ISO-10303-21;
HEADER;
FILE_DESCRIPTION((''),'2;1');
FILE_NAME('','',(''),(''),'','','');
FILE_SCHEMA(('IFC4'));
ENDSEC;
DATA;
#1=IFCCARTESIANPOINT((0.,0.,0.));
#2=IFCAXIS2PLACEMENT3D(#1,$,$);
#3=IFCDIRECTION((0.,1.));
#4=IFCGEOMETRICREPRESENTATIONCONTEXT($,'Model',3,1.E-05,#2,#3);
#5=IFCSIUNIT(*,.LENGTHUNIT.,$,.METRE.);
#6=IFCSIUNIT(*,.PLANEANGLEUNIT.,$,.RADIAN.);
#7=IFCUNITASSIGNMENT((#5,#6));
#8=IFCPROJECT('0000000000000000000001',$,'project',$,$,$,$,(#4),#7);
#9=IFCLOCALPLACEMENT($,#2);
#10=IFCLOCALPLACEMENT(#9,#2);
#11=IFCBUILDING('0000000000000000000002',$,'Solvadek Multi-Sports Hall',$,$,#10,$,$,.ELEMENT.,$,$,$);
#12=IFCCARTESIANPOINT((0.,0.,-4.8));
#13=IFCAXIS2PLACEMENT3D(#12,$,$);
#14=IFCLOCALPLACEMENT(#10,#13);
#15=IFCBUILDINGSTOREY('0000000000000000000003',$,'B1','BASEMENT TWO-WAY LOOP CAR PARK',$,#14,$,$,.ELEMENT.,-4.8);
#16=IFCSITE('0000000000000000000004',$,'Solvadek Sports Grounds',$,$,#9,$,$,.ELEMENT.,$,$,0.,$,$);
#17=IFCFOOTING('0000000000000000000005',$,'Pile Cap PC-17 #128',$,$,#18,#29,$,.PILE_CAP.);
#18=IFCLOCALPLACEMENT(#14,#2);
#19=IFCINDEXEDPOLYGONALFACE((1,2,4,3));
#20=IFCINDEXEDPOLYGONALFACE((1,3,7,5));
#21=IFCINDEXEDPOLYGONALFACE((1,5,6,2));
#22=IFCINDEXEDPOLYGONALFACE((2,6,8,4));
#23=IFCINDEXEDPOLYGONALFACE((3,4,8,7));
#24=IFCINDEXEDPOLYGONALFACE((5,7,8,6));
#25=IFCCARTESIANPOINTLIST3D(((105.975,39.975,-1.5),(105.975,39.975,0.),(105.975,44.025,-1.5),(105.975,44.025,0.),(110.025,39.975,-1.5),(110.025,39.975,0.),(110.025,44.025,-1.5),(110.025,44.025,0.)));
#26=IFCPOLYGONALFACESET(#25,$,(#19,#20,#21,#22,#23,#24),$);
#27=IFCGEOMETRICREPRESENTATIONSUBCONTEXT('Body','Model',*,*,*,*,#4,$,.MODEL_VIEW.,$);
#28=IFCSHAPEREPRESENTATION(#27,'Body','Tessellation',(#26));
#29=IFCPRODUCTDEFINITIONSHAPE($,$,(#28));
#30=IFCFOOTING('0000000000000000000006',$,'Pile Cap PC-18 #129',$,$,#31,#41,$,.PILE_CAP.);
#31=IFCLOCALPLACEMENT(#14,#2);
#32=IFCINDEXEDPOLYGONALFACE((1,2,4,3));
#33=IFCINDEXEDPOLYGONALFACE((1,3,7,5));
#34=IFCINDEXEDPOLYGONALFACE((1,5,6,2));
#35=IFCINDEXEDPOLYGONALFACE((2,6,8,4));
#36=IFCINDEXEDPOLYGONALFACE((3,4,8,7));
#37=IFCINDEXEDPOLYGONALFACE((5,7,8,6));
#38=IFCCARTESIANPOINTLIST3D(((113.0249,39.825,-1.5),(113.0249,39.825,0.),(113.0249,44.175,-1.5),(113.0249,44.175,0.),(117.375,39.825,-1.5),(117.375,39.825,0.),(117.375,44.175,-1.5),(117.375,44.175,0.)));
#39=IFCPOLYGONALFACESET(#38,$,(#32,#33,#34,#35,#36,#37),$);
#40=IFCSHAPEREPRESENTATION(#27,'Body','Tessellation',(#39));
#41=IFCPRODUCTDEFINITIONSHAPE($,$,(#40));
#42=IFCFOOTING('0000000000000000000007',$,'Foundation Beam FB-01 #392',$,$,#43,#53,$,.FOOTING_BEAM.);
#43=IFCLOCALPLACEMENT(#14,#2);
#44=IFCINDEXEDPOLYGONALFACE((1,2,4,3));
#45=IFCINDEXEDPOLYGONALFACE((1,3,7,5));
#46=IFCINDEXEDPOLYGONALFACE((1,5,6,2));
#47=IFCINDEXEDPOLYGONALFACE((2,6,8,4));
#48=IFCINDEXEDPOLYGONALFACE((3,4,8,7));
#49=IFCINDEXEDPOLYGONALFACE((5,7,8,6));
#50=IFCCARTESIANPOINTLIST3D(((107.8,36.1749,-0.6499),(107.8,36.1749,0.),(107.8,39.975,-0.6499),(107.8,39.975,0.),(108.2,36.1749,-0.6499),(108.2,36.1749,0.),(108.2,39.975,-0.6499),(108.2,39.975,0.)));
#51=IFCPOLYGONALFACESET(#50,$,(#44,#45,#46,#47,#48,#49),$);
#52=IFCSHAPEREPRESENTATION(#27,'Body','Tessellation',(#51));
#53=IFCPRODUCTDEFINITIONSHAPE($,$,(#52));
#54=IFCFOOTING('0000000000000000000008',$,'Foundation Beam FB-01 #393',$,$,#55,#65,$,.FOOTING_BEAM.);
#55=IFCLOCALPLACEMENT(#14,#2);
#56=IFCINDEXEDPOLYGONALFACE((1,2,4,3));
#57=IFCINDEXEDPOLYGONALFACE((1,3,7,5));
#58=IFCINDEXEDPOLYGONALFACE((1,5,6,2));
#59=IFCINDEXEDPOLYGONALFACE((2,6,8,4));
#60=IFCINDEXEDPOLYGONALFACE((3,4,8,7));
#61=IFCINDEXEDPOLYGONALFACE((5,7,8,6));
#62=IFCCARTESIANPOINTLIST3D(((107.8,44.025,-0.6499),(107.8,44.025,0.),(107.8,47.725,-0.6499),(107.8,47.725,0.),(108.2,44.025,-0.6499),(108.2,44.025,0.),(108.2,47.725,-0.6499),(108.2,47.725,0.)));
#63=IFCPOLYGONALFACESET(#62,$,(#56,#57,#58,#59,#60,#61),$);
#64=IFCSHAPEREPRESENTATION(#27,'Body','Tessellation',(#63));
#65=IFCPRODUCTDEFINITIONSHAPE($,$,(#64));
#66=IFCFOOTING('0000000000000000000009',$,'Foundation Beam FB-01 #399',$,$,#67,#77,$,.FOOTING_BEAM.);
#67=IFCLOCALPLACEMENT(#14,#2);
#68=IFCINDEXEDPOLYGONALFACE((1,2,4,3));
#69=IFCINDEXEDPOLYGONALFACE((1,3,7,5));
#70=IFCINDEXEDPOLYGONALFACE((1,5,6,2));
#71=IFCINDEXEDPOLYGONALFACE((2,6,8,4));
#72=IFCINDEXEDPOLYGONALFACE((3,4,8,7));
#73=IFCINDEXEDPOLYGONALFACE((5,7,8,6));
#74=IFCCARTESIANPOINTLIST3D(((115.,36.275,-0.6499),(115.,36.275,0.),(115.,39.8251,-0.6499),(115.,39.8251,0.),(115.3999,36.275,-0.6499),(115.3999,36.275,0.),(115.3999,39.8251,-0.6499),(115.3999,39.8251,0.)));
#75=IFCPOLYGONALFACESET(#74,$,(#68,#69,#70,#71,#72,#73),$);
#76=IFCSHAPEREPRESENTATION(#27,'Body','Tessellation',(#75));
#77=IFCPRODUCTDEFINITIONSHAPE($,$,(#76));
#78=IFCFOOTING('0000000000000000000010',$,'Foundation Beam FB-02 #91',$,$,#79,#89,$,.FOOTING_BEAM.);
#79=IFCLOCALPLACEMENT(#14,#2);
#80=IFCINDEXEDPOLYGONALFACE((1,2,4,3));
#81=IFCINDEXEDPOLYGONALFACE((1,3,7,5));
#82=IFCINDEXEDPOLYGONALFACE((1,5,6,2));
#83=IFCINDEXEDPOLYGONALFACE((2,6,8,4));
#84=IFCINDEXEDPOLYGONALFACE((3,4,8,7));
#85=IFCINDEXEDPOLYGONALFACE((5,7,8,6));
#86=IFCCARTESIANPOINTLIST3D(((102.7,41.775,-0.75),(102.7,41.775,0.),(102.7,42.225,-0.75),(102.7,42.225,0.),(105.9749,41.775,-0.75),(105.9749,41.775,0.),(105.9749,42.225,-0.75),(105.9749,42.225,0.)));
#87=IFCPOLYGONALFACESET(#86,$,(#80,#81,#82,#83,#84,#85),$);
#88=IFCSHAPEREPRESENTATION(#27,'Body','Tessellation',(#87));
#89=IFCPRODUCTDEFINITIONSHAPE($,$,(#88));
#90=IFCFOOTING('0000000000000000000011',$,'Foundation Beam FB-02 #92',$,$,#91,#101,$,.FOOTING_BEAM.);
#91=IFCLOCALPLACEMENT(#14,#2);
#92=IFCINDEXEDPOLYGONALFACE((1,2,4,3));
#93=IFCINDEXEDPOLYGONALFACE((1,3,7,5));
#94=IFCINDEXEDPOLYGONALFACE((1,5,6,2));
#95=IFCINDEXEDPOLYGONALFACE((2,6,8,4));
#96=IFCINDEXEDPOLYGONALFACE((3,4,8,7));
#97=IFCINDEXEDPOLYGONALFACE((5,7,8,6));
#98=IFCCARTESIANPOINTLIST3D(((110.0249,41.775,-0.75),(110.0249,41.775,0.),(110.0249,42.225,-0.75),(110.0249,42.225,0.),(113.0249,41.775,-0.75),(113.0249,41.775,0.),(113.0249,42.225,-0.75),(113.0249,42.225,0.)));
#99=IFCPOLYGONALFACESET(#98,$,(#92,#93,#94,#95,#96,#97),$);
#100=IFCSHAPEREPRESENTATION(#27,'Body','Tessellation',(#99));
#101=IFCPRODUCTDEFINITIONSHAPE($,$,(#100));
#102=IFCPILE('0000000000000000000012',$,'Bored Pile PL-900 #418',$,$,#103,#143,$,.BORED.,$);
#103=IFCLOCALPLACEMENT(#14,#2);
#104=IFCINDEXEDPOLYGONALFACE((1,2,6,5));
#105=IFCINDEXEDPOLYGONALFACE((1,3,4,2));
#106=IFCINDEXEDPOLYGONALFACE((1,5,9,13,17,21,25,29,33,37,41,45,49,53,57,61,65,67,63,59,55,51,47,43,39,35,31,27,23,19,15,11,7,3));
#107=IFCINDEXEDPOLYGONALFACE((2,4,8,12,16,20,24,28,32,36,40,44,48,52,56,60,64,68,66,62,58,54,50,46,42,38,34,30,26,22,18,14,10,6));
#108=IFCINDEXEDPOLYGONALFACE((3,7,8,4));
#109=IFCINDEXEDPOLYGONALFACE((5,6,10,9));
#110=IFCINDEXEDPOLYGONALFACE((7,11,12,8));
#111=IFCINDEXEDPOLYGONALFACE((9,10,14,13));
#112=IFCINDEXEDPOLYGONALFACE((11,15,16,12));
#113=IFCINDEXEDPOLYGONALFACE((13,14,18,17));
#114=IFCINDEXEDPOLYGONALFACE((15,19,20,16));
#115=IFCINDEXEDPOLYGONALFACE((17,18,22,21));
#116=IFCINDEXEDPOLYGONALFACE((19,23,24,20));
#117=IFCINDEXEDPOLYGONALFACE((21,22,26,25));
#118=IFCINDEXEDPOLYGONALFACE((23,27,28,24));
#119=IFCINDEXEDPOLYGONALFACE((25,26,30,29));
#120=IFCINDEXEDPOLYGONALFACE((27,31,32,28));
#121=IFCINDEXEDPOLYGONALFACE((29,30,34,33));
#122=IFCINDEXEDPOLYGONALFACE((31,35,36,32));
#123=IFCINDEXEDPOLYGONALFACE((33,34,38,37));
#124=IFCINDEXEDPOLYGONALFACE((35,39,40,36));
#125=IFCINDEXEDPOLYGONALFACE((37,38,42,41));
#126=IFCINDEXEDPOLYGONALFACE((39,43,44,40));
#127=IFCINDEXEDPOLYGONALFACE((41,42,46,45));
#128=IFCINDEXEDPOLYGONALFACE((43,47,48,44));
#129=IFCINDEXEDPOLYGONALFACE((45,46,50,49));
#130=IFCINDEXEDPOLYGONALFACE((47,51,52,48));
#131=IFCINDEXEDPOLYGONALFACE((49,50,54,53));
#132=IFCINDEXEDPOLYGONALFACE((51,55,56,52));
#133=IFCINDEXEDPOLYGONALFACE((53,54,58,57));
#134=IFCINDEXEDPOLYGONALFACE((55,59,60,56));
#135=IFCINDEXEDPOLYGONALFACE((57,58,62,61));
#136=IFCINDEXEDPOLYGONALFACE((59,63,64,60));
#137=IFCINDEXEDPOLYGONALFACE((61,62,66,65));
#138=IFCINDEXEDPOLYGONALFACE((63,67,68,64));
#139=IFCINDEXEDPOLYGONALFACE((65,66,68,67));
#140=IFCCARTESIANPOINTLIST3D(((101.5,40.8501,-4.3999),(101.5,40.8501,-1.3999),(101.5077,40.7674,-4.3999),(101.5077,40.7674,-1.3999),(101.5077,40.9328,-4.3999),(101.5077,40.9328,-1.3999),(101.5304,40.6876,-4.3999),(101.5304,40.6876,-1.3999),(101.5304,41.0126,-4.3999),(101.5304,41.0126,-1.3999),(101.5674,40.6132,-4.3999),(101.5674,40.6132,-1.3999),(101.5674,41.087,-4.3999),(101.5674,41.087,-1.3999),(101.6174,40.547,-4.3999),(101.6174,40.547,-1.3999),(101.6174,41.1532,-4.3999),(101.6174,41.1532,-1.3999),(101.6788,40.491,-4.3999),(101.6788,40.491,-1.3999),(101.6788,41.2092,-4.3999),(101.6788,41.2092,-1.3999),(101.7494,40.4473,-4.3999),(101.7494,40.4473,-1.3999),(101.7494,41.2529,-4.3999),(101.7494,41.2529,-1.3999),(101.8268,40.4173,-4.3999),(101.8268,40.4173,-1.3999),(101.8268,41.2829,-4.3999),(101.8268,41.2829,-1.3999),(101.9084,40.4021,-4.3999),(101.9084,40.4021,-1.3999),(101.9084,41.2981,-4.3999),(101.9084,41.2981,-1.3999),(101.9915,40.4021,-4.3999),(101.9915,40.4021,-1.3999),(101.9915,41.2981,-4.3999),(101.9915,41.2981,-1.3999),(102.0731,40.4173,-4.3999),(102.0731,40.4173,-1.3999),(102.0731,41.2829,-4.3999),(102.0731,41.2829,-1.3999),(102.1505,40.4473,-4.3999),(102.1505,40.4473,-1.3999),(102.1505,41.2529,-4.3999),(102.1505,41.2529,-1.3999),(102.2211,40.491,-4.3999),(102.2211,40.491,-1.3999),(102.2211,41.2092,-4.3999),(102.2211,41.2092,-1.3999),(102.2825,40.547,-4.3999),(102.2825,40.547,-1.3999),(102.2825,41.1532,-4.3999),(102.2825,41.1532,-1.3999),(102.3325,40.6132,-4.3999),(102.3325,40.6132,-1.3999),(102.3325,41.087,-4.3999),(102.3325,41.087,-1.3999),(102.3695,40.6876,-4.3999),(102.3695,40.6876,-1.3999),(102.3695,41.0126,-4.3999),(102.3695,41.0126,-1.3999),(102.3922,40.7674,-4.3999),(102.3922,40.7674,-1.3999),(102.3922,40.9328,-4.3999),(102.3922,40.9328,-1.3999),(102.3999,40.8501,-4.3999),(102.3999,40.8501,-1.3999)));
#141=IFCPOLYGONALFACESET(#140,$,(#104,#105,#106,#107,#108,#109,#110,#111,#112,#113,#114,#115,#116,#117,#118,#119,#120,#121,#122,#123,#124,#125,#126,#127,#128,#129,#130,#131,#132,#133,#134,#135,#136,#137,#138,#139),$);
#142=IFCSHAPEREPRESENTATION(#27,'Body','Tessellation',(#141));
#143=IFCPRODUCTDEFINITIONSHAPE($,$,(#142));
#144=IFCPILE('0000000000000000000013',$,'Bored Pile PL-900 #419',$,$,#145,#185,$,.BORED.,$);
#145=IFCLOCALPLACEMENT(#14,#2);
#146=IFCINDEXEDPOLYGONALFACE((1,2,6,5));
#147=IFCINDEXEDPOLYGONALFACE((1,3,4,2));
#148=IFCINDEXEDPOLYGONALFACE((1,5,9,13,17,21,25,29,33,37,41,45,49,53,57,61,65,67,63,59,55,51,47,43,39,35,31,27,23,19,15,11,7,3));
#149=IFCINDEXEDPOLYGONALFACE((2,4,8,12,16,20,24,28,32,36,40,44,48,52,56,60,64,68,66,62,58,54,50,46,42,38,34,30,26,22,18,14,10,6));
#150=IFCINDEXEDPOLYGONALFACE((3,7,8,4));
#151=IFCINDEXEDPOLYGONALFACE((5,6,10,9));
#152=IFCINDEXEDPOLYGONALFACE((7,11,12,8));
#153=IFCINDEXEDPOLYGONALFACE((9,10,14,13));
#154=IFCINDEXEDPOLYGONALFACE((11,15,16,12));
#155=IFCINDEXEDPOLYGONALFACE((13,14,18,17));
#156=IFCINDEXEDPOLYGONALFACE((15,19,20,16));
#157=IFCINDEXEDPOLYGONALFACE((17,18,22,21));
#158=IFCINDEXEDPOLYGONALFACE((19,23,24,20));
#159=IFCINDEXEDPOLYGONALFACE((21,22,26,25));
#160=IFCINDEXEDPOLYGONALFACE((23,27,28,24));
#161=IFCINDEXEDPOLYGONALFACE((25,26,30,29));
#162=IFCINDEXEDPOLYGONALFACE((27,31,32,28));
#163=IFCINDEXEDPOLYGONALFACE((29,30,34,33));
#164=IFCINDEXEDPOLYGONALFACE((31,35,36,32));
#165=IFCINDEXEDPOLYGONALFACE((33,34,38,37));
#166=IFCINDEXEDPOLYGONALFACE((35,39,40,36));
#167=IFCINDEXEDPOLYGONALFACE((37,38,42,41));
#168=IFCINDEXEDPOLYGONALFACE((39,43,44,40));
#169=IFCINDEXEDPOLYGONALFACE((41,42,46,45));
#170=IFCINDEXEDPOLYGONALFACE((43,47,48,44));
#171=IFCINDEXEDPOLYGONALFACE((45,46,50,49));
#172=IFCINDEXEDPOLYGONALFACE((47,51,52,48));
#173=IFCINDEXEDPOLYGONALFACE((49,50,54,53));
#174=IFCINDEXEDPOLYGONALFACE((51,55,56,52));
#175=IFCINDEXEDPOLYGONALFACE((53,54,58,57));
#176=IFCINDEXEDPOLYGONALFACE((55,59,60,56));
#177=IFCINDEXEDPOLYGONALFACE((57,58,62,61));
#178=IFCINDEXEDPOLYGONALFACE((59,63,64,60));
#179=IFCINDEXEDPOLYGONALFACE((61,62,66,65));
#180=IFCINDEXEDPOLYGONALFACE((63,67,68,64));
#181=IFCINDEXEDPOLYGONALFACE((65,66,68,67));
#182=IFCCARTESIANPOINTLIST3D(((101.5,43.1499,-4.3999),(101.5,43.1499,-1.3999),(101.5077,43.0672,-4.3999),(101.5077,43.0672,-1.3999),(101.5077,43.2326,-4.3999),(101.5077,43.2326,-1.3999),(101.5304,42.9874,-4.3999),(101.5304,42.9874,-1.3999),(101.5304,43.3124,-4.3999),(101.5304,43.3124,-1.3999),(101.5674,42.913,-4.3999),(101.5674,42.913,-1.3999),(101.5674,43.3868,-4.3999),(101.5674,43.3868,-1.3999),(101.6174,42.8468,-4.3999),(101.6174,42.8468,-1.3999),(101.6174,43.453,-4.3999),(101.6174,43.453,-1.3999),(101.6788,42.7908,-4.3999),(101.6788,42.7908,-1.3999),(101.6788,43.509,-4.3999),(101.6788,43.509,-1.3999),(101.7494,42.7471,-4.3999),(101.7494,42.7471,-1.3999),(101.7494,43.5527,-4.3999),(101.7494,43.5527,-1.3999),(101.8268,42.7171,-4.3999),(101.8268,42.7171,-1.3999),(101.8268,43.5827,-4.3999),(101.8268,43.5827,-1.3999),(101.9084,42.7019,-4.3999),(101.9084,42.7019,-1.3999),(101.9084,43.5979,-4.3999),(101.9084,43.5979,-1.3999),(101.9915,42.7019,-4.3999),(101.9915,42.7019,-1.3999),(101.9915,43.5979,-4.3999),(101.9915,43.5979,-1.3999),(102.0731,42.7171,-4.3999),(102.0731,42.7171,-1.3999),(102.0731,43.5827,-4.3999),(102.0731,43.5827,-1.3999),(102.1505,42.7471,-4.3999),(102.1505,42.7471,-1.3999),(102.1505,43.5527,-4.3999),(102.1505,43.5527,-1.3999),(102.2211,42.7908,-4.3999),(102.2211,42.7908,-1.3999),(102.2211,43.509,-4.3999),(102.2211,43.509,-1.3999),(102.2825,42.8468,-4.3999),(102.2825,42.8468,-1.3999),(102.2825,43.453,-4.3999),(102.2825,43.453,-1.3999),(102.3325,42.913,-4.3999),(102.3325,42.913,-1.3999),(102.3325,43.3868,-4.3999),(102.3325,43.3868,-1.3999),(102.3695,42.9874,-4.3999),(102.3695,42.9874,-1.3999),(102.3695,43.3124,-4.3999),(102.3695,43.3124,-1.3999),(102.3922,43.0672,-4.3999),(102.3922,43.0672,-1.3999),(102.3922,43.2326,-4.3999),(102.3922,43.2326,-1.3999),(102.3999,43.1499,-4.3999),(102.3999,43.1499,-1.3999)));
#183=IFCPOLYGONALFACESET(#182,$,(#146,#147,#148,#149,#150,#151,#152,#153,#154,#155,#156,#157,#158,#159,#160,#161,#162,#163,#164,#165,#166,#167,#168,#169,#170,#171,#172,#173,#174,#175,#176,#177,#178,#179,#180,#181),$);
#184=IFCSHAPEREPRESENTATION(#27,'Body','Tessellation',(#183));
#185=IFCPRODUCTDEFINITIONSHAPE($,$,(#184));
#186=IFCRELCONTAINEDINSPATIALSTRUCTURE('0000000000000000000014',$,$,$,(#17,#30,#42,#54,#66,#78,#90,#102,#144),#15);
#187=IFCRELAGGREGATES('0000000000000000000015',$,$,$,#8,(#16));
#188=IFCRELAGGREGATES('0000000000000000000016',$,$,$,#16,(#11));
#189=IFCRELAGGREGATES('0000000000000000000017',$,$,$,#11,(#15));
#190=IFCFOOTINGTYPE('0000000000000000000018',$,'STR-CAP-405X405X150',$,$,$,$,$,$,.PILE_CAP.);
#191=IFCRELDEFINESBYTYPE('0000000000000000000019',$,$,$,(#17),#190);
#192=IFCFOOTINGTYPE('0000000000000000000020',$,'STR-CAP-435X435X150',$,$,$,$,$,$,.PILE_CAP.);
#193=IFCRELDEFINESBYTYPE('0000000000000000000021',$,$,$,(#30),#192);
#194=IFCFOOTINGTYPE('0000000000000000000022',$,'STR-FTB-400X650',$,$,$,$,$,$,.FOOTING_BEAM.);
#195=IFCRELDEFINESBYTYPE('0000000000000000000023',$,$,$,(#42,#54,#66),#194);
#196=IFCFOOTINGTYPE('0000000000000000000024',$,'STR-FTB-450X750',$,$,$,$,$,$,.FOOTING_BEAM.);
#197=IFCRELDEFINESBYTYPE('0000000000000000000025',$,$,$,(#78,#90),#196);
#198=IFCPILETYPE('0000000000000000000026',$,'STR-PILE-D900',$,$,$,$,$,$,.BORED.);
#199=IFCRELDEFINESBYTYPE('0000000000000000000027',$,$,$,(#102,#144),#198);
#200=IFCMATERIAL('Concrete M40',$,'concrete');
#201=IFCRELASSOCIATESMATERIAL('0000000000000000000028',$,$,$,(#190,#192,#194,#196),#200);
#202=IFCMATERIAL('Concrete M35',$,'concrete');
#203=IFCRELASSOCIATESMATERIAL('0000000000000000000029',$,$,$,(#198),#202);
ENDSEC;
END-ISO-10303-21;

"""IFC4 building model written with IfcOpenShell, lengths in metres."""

from ifc_helpers import new_model, si_unit, direction, frame, origin, origin_2d, place, context, subcontext, project, spatial, rectangle, circle, extrude, material, material_profile, profile_set, type_object, element, save


model = new_model("IFC4")

# Units and contexts
model_context = context("Model", 3, precision=1e-05, world=origin(), true_north=direction((0.0, 1.0)))
body_context = subcontext(model_context, "Body", "Model", "MODEL_VIEW")
ifc_project = project(units=[si_unit("LENGTHUNIT", "METRE"), si_unit("PLANEANGLEUNIT", "RADIAN")], contexts=[model_context])

# Site, building, storey
site_placement = place(None, origin())
site = spatial("IfcSite", under=ifc_project, at=site_placement, Name="Solvadek Sports Grounds", CompositionType="ELEMENT", RefElevation=0.0)
building_placement = place(site_placement, origin())
building = spatial("IfcBuilding", under=site, at=building_placement, Name="Solvadek Multi-Sports Hall", CompositionType="ELEMENT")
storey_placement = place(building_placement, frame((0.0, 0.0, -4.8)))
storey = spatial("IfcBuildingStorey", under=building, at=storey_placement, Name="B1", Description="BASEMENT TWO-WAY LOOP CAR PARK", CompositionType="ELEMENT", Elevation=-4.8)

# Footings
ifc_material_1 = material(Name="Concrete M40", Category="concrete")
footing_type_1 = type_object("IfcFootingType", Name="STR-CAP-405X405X150", PredefinedType="PILE_CAP", material=ifc_material_1)
footing_1_placement = place(storey_placement, frame((108.0, 42.0, -1.5), z_axis=(0.0, 0.0, 1.0), x_axis=(1.0, 0.0, 0.0)))
element("IfcFooting", 1, at=footing_1_placement, inside=storey, type_object=footing_type_1, Name="Pile Cap PC-17 #128", PredefinedType="PILE_CAP", context=body_context, shape_type="SweptSolid", body=[
    extrude(rectangle(XDim=4.05, YDim=4.05, at=origin_2d()), origin(), (0.0, 0.0, 1.0), 1.5),
])
footing_type_2 = type_object("IfcFootingType", Name="STR-CAP-435X435X150", PredefinedType="PILE_CAP", material=ifc_material_1)
footing_2_placement = place(storey_placement, frame((115.2, 42.0, -1.5), z_axis=(0.0, 0.0, 1.0), x_axis=(1.0, 0.0, 0.0)))
element("IfcFooting", 2, at=footing_2_placement, inside=storey, type_object=footing_type_2, Name="Pile Cap PC-18 #129", PredefinedType="PILE_CAP", context=body_context, shape_type="SweptSolid", body=[
    extrude(rectangle(XDim=4.3501, YDim=4.3501, at=origin_2d()), origin(), (0.0, 0.0, 1.0), 1.5),
])
footing_type_3 = type_object("IfcFootingType", Name="STR-FTB-400X650", PredefinedType="FOOTING_BEAM", material=ifc_material_1)
footing_3_placement = place(storey_placement, frame((108.0, 38.075, -0.6499), z_axis=(0.0, 0.0, 1.0), x_axis=(0.0, 1.0, 0.0)))
element("IfcFooting", 3, at=footing_3_placement, inside=storey, type_object=footing_type_3, Name="Foundation Beam FB-01 #392", PredefinedType="FOOTING_BEAM", context=body_context, shape_type="SweptSolid", body=[
    extrude(rectangle(XDim=3.8, YDim=0.3999, at=origin_2d()), origin(), (0.0, 0.0, 1.0), 0.6499),
])
footing_4_placement = place(storey_placement, frame((108.0, 45.875, -0.6499), z_axis=(0.0, 0.0, 1.0), x_axis=(0.0, 1.0, 0.0)))
element("IfcFooting", 4, at=footing_4_placement, inside=storey, type_object=footing_type_3, Name="Foundation Beam FB-01 #393", PredefinedType="FOOTING_BEAM", context=body_context, shape_type="SweptSolid", body=[
    extrude(rectangle(XDim=3.7, YDim=0.3999, at=origin_2d()), origin(), (0.0, 0.0, 1.0), 0.6499),
])
footing_5_placement = place(storey_placement, frame((115.2, 38.05, -0.6499), z_axis=(0.0, 0.0, 1.0), x_axis=(0.0, 1.0, 0.0)))
element("IfcFooting", 5, at=footing_5_placement, inside=storey, type_object=footing_type_3, Name="Foundation Beam FB-01 #399", PredefinedType="FOOTING_BEAM", context=body_context, shape_type="SweptSolid", body=[
    extrude(rectangle(XDim=3.55, YDim=0.3999, at=origin_2d()), origin(), (0.0, 0.0, 1.0), 0.6499),
])
footing_type_4 = type_object("IfcFootingType", Name="STR-FTB-450X750", PredefinedType="FOOTING_BEAM", material=ifc_material_1)
footing_6_placement = place(storey_placement, frame((104.3374, 42.0, -0.75), z_axis=(0.0, 0.0, 1.0), x_axis=(1.0, 0.0, 0.0)))
element("IfcFooting", 6, at=footing_6_placement, inside=storey, type_object=footing_type_4, Name="Foundation Beam FB-02 #91", PredefinedType="FOOTING_BEAM", context=body_context, shape_type="SweptSolid", body=[
    extrude(rectangle(XDim=3.2749, YDim=0.45, at=origin_2d()), origin(), (0.0, 0.0, 1.0), 0.75),
])
footing_7_placement = place(storey_placement, frame((111.5249, 42.0, -0.75), z_axis=(0.0, 0.0, 1.0), x_axis=(1.0, 0.0, 0.0)))
element("IfcFooting", 7, at=footing_7_placement, inside=storey, type_object=footing_type_4, Name="Foundation Beam FB-02 #92", PredefinedType="FOOTING_BEAM", context=body_context, shape_type="SweptSolid", body=[
    extrude(rectangle(XDim=3.0, YDim=0.45, at=origin_2d()), origin(), (0.0, 0.0, 1.0), 0.75),
])

# Piles
ifc_material_2 = material(Name="Concrete M35", Category="concrete")
ifc_material_profile_1 = material_profile(ifc_material_2, circle(Radius=0.45, at=origin_2d()), Name="BORED PILE D900")
ifc_profile_set_1 = profile_set([ifc_material_profile_1], Name="Concrete M35")
pile_type = type_object("IfcPileType", Name="STR-PILE-D900", PredefinedType="BORED", material=ifc_profile_set_1)
for number, where, z_axis, x_axis, name in (
    (8, (101.95, 40.8501, -1.3999), (0.0, 0.0, -1.0), (1.0, 0.0, 0.0), "Bored Pile PL-900 #418"),
    (9, (101.95, 43.1499, -1.3999), (0.0, 0.0, -1.0), (1.0, 0.0, 0.0), "Bored Pile PL-900 #419"),
):
    element("IfcPile", number, at=place(storey_placement, frame(where, z_axis=z_axis, x_axis=x_axis)), inside=storey, type_object=pile_type, Name=name, PredefinedType="BORED", context=body_context, shape_type="SweptSolid", body=[
        extrude(circle(Radius=0.45, at=origin_2d()), origin(), (0.0, 0.0, 1.0), 3.0),
    ])

save(model, "model.ifc")
